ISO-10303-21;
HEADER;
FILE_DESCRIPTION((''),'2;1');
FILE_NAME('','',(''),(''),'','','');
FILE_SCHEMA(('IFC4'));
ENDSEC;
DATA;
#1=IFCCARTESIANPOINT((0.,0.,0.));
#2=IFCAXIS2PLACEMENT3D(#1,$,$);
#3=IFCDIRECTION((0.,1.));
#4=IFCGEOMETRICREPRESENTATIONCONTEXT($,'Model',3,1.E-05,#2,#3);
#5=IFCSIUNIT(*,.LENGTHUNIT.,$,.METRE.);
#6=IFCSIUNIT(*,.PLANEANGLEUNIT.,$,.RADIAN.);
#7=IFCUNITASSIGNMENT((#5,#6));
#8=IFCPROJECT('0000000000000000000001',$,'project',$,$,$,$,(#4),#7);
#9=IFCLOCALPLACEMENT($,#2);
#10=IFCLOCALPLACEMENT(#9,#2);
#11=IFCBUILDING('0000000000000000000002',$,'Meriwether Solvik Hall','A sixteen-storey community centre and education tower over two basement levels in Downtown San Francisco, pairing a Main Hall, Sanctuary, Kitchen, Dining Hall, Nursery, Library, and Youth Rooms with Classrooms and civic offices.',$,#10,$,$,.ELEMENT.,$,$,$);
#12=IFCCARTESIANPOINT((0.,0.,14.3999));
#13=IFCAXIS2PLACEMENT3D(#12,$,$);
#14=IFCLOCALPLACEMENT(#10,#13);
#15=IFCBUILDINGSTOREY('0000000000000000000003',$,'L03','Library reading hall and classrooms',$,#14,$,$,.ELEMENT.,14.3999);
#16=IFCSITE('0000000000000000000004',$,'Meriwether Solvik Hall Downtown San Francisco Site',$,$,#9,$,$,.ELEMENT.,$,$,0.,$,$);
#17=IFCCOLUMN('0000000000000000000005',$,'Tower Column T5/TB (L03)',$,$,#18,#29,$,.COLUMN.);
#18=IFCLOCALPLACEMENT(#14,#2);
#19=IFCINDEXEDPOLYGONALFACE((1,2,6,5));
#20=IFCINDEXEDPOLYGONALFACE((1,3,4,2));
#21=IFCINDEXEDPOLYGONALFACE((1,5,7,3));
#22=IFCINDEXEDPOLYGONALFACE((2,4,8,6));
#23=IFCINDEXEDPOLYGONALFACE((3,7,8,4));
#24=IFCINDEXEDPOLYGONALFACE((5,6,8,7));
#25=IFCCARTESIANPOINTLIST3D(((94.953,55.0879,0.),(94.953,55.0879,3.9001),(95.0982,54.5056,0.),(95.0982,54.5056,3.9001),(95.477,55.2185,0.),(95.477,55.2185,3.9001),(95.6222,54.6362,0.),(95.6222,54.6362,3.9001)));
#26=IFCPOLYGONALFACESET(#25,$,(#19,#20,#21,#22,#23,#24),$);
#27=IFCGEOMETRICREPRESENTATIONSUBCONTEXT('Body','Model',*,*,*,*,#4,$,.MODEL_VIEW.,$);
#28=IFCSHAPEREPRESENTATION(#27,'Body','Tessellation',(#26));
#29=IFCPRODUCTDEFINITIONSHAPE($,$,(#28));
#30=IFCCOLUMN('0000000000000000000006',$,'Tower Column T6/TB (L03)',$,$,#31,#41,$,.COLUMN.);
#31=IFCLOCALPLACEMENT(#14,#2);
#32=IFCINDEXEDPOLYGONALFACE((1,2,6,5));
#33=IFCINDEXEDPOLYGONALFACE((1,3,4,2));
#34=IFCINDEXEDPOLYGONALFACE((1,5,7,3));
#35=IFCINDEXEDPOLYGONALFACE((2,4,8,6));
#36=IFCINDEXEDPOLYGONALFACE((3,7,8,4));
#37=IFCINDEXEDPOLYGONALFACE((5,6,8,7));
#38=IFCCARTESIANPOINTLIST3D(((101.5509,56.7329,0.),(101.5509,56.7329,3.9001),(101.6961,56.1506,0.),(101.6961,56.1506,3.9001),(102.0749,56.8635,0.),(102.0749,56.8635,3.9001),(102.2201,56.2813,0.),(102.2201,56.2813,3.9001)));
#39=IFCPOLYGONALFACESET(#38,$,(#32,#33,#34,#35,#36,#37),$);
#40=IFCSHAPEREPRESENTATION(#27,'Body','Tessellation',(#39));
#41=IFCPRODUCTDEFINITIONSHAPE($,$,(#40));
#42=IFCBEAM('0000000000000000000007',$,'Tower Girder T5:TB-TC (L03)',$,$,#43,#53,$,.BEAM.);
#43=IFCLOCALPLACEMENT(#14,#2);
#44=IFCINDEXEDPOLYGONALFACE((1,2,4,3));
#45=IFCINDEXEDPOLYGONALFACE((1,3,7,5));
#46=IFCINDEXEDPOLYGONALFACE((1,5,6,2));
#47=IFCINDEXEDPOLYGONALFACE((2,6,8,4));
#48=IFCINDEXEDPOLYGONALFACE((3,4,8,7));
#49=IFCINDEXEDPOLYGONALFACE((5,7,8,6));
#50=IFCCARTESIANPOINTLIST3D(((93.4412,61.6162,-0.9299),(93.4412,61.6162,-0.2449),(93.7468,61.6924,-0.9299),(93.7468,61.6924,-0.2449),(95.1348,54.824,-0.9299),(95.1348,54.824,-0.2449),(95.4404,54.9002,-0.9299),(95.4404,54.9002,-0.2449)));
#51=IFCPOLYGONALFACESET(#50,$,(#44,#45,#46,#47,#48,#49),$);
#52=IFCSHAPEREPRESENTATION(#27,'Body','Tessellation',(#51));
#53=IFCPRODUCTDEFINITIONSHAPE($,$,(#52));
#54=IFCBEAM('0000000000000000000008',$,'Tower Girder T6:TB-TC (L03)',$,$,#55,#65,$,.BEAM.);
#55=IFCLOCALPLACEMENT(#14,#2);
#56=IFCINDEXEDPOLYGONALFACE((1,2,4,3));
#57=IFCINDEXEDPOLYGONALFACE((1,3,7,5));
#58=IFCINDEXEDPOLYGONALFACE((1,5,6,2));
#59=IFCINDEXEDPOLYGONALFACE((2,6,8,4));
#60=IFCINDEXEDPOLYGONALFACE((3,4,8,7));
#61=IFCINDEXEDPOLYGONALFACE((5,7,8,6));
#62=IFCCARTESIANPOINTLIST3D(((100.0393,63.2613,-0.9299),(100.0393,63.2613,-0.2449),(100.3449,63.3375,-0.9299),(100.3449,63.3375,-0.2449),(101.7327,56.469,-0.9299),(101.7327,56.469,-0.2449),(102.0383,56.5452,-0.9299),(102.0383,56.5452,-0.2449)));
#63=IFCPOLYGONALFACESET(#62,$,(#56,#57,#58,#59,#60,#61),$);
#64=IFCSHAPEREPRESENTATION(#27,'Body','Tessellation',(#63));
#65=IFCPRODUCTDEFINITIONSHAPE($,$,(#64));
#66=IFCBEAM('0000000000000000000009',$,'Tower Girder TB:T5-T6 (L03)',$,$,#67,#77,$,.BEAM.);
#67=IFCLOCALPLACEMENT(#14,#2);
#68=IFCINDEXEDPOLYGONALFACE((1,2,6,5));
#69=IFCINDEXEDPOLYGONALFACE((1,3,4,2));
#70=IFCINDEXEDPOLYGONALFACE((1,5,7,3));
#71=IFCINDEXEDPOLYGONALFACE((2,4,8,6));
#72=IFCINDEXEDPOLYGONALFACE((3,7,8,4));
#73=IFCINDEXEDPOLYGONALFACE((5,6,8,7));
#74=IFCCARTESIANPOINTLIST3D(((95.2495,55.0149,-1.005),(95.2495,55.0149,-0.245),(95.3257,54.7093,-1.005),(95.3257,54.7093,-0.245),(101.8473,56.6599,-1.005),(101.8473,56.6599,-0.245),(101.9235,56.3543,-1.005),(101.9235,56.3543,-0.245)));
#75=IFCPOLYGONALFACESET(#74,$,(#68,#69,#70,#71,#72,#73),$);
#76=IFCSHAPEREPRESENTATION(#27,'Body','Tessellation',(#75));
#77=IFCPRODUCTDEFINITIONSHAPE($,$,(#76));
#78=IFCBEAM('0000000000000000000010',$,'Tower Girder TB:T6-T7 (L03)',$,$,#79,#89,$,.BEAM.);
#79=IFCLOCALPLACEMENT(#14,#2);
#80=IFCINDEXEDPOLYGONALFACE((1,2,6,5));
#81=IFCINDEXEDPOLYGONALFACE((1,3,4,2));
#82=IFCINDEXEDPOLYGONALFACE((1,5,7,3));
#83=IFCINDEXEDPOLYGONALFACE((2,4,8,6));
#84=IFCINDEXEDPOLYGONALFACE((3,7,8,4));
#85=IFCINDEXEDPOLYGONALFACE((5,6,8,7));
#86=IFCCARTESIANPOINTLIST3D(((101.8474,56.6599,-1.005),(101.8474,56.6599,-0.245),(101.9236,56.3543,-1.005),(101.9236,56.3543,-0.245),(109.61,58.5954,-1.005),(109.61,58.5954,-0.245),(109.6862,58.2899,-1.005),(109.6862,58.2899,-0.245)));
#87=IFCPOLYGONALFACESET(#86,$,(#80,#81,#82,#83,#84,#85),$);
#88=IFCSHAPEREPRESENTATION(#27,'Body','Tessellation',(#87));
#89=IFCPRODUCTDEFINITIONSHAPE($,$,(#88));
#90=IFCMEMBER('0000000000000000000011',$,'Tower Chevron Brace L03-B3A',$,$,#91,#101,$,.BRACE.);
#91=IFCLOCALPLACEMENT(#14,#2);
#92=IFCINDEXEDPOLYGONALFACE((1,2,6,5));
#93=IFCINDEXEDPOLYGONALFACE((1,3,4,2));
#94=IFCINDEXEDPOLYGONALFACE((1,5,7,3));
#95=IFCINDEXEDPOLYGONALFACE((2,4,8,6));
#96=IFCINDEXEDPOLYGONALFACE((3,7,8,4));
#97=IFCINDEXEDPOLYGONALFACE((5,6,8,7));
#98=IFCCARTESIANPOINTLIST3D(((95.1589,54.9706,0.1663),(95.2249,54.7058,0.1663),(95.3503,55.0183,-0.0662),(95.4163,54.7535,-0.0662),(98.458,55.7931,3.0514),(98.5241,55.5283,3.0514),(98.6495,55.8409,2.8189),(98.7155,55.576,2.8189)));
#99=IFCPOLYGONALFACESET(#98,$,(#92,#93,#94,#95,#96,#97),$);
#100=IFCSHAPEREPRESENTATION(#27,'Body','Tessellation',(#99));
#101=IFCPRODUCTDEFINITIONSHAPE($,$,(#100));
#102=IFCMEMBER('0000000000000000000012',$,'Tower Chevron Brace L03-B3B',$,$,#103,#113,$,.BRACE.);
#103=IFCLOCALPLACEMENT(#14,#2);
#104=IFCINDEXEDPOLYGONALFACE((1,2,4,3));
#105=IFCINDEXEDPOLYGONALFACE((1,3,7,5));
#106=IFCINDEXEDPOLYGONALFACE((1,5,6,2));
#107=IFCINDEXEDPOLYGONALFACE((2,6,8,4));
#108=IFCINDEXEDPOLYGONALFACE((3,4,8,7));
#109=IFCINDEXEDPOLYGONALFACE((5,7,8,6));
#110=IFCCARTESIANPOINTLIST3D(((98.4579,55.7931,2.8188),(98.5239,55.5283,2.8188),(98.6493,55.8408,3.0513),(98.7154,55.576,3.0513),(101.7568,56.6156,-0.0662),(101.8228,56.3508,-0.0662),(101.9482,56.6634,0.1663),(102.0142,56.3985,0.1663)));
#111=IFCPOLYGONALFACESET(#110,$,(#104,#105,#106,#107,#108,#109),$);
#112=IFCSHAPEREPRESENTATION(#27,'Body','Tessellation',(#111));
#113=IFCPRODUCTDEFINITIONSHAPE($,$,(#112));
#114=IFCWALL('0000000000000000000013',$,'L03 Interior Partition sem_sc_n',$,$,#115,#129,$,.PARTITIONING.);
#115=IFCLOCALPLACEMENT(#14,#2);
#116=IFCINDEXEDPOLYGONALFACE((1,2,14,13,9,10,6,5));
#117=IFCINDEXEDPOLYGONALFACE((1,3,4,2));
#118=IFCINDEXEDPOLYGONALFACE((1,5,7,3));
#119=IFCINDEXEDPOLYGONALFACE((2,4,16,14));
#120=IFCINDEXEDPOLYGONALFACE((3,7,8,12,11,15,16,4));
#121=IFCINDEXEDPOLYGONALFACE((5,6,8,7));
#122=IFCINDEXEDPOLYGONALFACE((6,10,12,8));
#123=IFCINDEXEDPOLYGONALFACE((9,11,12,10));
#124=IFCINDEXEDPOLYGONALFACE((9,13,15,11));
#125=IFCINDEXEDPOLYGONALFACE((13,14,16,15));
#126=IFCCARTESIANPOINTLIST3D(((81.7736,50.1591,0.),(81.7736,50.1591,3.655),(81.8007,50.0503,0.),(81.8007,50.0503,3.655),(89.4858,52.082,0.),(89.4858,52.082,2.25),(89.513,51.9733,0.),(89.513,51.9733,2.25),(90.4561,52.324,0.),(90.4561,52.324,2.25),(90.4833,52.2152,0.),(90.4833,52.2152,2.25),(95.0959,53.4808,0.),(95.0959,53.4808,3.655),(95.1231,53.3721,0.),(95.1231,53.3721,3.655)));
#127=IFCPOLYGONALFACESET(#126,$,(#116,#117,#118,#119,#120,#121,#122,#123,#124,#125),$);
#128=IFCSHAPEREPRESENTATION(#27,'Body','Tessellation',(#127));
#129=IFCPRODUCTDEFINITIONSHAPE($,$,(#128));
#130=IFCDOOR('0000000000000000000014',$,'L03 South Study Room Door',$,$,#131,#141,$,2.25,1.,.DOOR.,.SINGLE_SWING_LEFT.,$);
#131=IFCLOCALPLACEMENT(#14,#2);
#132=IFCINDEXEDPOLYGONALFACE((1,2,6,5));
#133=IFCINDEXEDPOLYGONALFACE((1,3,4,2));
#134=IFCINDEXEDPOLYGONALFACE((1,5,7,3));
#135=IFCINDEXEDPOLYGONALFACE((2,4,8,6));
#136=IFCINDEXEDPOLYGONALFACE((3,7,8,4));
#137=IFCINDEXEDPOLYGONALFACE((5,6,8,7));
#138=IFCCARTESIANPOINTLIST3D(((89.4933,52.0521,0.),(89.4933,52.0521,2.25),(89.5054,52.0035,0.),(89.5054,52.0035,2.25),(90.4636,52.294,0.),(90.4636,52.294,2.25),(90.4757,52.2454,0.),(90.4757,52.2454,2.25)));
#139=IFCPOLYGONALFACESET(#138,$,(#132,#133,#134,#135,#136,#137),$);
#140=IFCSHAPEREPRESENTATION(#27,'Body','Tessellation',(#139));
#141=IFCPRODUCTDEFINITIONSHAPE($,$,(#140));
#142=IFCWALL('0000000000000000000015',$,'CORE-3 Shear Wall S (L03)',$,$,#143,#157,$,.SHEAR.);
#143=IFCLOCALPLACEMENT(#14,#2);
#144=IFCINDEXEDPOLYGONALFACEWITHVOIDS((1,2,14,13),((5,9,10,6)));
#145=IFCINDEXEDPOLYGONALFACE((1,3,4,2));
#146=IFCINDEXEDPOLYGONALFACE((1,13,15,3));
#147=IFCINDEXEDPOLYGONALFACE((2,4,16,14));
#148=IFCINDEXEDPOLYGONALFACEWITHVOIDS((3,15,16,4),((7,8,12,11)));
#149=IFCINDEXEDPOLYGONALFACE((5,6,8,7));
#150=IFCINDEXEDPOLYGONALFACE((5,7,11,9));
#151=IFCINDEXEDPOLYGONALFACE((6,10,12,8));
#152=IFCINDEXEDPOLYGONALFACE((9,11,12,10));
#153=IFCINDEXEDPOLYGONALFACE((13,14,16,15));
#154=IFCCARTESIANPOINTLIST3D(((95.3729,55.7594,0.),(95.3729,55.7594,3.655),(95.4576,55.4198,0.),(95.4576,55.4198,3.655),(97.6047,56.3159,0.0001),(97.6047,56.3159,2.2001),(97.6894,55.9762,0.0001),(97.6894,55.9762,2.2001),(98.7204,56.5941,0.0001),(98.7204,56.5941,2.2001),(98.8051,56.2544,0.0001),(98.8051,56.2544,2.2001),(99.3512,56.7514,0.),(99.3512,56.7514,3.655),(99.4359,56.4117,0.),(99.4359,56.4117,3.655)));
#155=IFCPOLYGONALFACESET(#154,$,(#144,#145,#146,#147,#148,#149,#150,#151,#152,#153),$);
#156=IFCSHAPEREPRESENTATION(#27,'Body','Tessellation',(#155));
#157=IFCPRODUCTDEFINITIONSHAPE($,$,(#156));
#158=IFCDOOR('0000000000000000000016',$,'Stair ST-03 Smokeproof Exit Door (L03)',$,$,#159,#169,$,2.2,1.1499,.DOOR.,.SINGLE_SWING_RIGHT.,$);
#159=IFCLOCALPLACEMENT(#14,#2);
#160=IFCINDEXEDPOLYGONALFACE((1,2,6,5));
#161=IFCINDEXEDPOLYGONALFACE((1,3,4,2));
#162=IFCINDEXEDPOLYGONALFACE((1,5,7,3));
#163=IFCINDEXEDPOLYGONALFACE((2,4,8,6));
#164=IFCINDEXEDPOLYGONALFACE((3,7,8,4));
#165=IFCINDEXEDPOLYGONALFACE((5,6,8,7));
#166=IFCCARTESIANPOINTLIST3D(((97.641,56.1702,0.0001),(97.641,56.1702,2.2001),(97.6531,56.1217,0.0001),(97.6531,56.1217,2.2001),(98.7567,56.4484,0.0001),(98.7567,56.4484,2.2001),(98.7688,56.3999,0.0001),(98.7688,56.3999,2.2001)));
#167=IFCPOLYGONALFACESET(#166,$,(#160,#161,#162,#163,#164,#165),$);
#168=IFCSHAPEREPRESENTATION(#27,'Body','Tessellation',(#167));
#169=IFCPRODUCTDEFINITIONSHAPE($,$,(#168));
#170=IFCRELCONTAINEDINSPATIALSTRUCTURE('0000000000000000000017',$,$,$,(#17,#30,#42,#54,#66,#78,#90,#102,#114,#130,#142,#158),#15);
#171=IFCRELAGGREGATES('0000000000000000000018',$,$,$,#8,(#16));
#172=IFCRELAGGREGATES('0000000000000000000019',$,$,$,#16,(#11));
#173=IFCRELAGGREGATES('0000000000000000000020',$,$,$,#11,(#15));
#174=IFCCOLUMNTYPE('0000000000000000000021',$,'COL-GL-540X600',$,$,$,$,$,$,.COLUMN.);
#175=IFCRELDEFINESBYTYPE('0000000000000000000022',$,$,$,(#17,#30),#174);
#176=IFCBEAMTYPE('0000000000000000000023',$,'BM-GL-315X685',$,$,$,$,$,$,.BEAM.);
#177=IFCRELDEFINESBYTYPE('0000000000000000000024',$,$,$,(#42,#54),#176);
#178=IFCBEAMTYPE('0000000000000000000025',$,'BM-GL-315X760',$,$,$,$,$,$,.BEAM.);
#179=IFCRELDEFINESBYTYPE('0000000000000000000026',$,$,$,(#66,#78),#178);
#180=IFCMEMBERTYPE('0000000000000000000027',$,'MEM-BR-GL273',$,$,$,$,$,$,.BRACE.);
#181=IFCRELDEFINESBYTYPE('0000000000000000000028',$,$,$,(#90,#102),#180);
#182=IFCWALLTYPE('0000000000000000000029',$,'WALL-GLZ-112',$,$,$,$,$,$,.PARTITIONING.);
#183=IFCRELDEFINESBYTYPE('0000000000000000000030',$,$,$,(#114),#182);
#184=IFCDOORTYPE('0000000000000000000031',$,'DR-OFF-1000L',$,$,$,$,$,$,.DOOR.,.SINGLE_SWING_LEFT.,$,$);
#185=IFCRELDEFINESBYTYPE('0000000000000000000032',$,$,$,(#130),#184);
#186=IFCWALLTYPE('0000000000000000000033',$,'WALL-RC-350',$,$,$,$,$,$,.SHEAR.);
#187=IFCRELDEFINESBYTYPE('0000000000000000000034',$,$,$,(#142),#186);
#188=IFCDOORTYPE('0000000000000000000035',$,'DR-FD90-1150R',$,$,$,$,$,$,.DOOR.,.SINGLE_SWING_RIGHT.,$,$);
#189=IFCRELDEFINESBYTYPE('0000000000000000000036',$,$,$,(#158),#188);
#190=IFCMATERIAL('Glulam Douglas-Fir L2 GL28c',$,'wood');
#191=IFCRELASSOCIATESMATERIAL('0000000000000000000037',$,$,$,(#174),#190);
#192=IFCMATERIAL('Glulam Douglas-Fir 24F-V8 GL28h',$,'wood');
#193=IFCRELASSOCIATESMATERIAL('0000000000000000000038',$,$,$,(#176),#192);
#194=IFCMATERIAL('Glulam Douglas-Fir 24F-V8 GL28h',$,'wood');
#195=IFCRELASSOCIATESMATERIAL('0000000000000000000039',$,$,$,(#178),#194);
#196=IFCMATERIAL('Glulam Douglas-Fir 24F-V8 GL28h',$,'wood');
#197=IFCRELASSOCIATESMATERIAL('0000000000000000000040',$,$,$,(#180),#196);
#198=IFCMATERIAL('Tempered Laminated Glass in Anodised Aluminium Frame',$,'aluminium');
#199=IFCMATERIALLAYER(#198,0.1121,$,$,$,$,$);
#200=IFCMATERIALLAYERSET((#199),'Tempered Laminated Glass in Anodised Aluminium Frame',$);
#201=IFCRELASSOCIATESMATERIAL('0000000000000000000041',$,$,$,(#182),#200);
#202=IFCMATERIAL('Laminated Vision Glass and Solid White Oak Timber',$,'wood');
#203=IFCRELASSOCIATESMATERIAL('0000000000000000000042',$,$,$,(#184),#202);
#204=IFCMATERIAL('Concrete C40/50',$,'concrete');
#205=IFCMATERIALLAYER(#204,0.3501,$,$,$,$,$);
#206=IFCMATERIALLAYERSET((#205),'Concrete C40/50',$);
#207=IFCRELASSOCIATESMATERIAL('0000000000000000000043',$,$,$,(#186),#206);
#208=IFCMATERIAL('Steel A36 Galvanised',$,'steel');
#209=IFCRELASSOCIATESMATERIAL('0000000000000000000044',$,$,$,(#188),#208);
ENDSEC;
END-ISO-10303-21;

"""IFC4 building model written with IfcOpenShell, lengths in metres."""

from ifc_helpers import new_model, si_unit, direction, frame, frame_2d, origin, origin_2d, place, context, subcontext, project, spatial, rectangle, extrude, material, layer, layer_set, material_profile, profile_set, type_object, element, fill, save


model = new_model("IFC4")

# Units and contexts
model_context = context("Model", 3, precision=1e-05, world=origin(), true_north=direction((0.0, 1.0)))
body_context = subcontext(model_context, "Body", "Model", "MODEL_VIEW")
ifc_project = project(units=[si_unit("LENGTHUNIT", "METRE"), si_unit("PLANEANGLEUNIT", "RADIAN")], contexts=[model_context])

# Site, building, storey
site_placement = place(None, origin())
site = spatial("IfcSite", under=ifc_project, at=site_placement, Name="Meriwether Solvik Hall Downtown San Francisco Site", CompositionType="ELEMENT", RefElevation=0.0)
building_placement = place(site_placement, origin())
building = spatial("IfcBuilding", under=site, at=building_placement, Name="Meriwether Solvik Hall", Description="A sixteen-storey community centre and education tower over two basement levels in Downtown San Francisco, pairing a Main Hall, Sanctuary, Kitchen, Dining Hall, Nursery, Library, and Youth Rooms with Classrooms and civic offices.", CompositionType="ELEMENT")
storey_placement = place(building_placement, frame((0.0, 0.0, 14.3999)))
storey = spatial("IfcBuildingStorey", under=building, at=storey_placement, Name="L03", Description="Library reading hall and classrooms", CompositionType="ELEMENT", Elevation=14.3999)

# Columns
ifc_material_1 = material(Name="Glulam Douglas-Fir L2 GL28c", Category="wood")
ifc_material_profile_1 = material_profile(ifc_material_1, rectangle(XDim=0.54, YDim=0.6001, at=origin_2d()), Name="GLC-540X600")
ifc_profile_set_1 = profile_set([ifc_material_profile_1], Name="Glulam Douglas-Fir L2 GL28c")
column_type = type_object("IfcColumnType", Name="COL-GL-540X600", PredefinedType="COLUMN", material=ifc_profile_set_1)
for number, where, z_axis, x_axis, name in (
    (1, (95.2876, 54.8621, 0.0), (0.0, 0.0, 1.0), (0.970296, 0.241922, 0.0), "Tower Column T5/TB (L03)"),
    (2, (101.8855, 56.5071, 0.0), (0.0, 0.0, 1.0), (0.970296, 0.241922, 0.0), "Tower Column T6/TB (L03)"),
):
    element("IfcColumn", number, at=place(storey_placement, frame(where, z_axis=z_axis, x_axis=x_axis)), inside=storey, type_object=column_type, Name=name, PredefinedType="COLUMN", context=body_context, shape_type="SweptSolid", body=[
        extrude(rectangle(XDim=0.54, YDim=0.6001, at=origin_2d()), origin(), (0.0, 0.0, 1.0), 3.9001),
    ])

# Beams
ifc_material_2 = material(Name="Glulam Douglas-Fir 24F-V8 GL28h", Category="wood")
ifc_material_profile_2 = material_profile(ifc_material_2, rectangle(XDim=0.3149, YDim=0.6851, at=origin_2d()), Name="GLB-315X685")
ifc_profile_set_2 = profile_set([ifc_material_profile_2], Name="Glulam Douglas-Fir 24F-V8 GL28h")
beam_type_1 = type_object("IfcBeamType", Name="BM-GL-315X685", PredefinedType="BEAM", material=ifc_profile_set_2)
for number, where, z_axis, x_axis, name in (
    (3, (95.2876, 54.8621, -0.5874), (-0.241937, 0.970292, 0.0), (-0.970292, -0.241937, 0.0), "Tower Girder T5:TB-TC (L03)"),
    (4, (101.8855, 56.5071, -0.5874), (-0.241904, 0.9703, 0.0), (-0.9703, -0.241904, 0.0), "Tower Girder T6:TB-TC (L03)"),
):
    element("IfcBeam", number, at=place(storey_placement, frame(where, z_axis=z_axis, x_axis=x_axis)), inside=storey, type_object=beam_type_1, Name=name, PredefinedType="BEAM", context=body_context, shape_type="SweptSolid", body=[
        extrude(rectangle(XDim=0.3149, YDim=0.6851, at=origin_2d()), origin(), (0.0, 0.0, 1.0), 7.0002),
    ])
ifc_material_3 = material(Name="Glulam Douglas-Fir 24F-V8 GL28h", Category="wood")
ifc_material_profile_3 = material_profile(ifc_material_3, rectangle(XDim=0.3149, YDim=0.76, at=origin_2d()), Name="GLB-315X760")
ifc_profile_set_3 = profile_set([ifc_material_profile_3], Name="Glulam Douglas-Fir 24F-V8 GL28h")
beam_type_2 = type_object("IfcBeamType", Name="BM-GL-315X760", PredefinedType="BEAM", material=ifc_profile_set_3)
beam_1_placement = place(storey_placement, frame((95.2876, 54.8621, -0.625), z_axis=(0.970296, 0.241919, 0.0), x_axis=(-0.241919, 0.970296, 0.0)))
element("IfcBeam", 5, at=beam_1_placement, inside=storey, type_object=beam_type_2, Name="Tower Girder TB:T5-T6 (L03)", PredefinedType="BEAM", context=body_context, shape_type="SweptSolid", body=[
    extrude(rectangle(XDim=0.3149, YDim=0.76, at=origin_2d()), origin(), (0.0, 0.0, 1.0), 6.7998),
])
beam_2_placement = place(storey_placement, frame((101.8855, 56.5071, -0.625), z_axis=(0.970291, 0.24194, 0.0), x_axis=(-0.24194, 0.970291, 0.0)))
element("IfcBeam", 6, at=beam_2_placement, inside=storey, type_object=beam_type_2, Name="Tower Girder TB:T6-T7 (L03)", PredefinedType="BEAM", context=body_context, shape_type="SweptSolid", body=[
    extrude(rectangle(XDim=0.3149, YDim=0.76, at=origin_2d()), origin(), (0.0, 0.0, 1.0), 8.0002),
])

# Members
ifc_material_4 = material(Name="Glulam Douglas-Fir 24F-V8 GL28h", Category="wood")
ifc_material_profile_4 = material_profile(ifc_material_4, rectangle(XDim=0.2729, YDim=0.3049, at=origin_2d()), Name="GLM-273X305")
ifc_profile_set_4 = profile_set([ifc_material_profile_4], Name="Glulam Douglas-Fir 24F-V8 GL28h")
member_type = type_object("IfcMemberType", Name="MEM-BR-GL273", PredefinedType="BRACE", material=ifc_profile_set_4)
member_1_placement = place(storey_placement, frame((95.2876, 54.8621, 0.05), z_axis=(0.73985, 0.184456, 0.646992), x_axis=(-0.24191, 0.970299, 0.0)))
element("IfcMember", 7, at=member_1_placement, inside=storey, type_object=member_type, Name="Tower Chevron Brace L03-B3A", PredefinedType="BRACE", context=body_context, shape_type="SweptSolid", body=[
    extrude(rectangle(XDim=0.2729, YDim=0.3049, at=origin_2d()), origin(), (0.0, 0.0, 1.0), 4.4592),
])
member_2_placement = place(storey_placement, frame((101.8855, 56.5071, 0.05), z_axis=(-0.739825, -0.184463, 0.647018), x_axis=(0.241927, -0.970294, 0.0)))
element("IfcMember", 8, at=member_2_placement, inside=storey, type_object=member_type, Name="Tower Chevron Brace L03-B3B", PredefinedType="BRACE", context=body_context, shape_type="SweptSolid", body=[
    extrude(rectangle(XDim=0.2729, YDim=0.3049, at=origin_2d()), origin(), (0.0, 0.0, 1.0), 4.459),
])

# Walls, openings, doors
ifc_material_5 = material(Name="Tempered Laminated Glass in Anodised Aluminium Frame", Category="aluminium")
ifc_layer_1 = layer(ifc_material_5, 0.1121)
ifc_layer_set_1 = layer_set([ifc_layer_1], Name="Tempered Laminated Glass in Anodised Aluminium Frame")
wall_type_1 = type_object("IfcWallType", Name="WALL-GLZ-112", PredefinedType="PARTITIONING", material=ifc_layer_set_1)
wall_1_placement = place(storey_placement, frame((95.1096, 53.4265, 0.0), z_axis=(0.0, 0.0, 1.0), x_axis=(-0.970293, -0.241933, 0.0)))
wall_1 = element("IfcWall", 9, at=wall_1_placement, inside=storey, type_object=wall_type_1, Name="L03 Interior Partition sem_sc_n", PredefinedType="PARTITIONING", context=body_context, shape_type="SweptSolid", body=[
    extrude(rectangle(XDim=13.7302, YDim=0.1121, at=frame_2d((6.8652, 0.0))), origin(), (0.0, 0.0, 1.0), 3.655),
])
opening_1_placement = place(wall_1_placement, frame((4.782, 0.0, 0.0)))
opening_1 = element("IfcOpeningElement", 10, at=opening_1_placement, cuts=wall_1, PredefinedType="OPENING", context=body_context, shape_type="SweptSolid", body=[
    extrude(rectangle(XDim=1.0, YDim=2.25, at=frame_2d((0.5, 1.125))), frame((0.0, 0.0679, 0.0), z_axis=(0.0, -1.0, 0.0), x_axis=(1.0, 0.0, 0.0)), (0.0, 0.0, 1.0), 0.136),
])
ifc_material_6 = material(Name="Laminated Vision Glass and Solid White Oak Timber", Category="wood")
door_type_1 = type_object("IfcDoorType", Name="DR-OFF-1000L", OperationType="SINGLE_SWING_LEFT", PredefinedType="DOOR", material=ifc_material_6)
door_1_placement = place(opening_1_placement, origin())
door_1 = element("IfcDoor", 11, at=door_1_placement, inside=storey, type_object=door_type_1, Name="L03 South Study Room Door", OperationType="SINGLE_SWING_LEFT", OverallHeight=2.25, OverallWidth=1.0, PredefinedType="DOOR", context=body_context, shape_type="SweptSolid", body=[
    extrude(rectangle(XDim=1.0, YDim=2.25, at=frame_2d((0.5, 1.125))), frame((0.0, 0.0249, 0.0), z_axis=(0.0, -1.0, 0.0), x_axis=(1.0, 0.0, 0.0)), (0.0, 0.0, 1.0), 0.05),
])
fill(opening_1, door_1)
ifc_material_7 = material(Name="Concrete C40/50", Category="concrete")
ifc_layer_2 = layer(ifc_material_7, 0.3501)
ifc_layer_set_2 = layer_set([ifc_layer_2], Name="Concrete C40/50")
wall_type_2 = type_object("IfcWallType", Name="WALL-RC-350", PredefinedType="SHEAR", material=ifc_layer_set_2)
wall_2_placement = place(storey_placement, frame((95.4153, 55.5896, 0.0), z_axis=(0.0, 0.0, 1.0), x_axis=(0.970293, 0.241933, 0.0)))
wall_2 = element("IfcWall", 12, at=wall_2_placement, inside=storey, type_object=wall_type_2, Name="CORE-3 Shear Wall S (L03)", PredefinedType="SHEAR", context=body_context, shape_type="SweptSolid", body=[
    extrude(rectangle(XDim=4.1001, YDim=0.3501, at=frame_2d((2.05, 0.0))), origin(), (0.0, 0.0, 1.0), 3.655),
])
opening_2_placement = place(wall_2_placement, frame((2.3, 0.0, 0.0)))
opening_2 = element("IfcOpeningElement", 13, at=opening_2_placement, cuts=wall_2, PredefinedType="OPENING", context=body_context, shape_type="SweptSolid", body=[
    extrude(rectangle(XDim=1.1499, YDim=2.2, at=frame_2d((0.575, 1.1001))), frame((0.0, 0.187, 0.0), z_axis=(0.0, -1.0, 0.0), x_axis=(1.0, 0.0, 0.0)), (0.0, 0.0, 1.0), 0.374),
])
ifc_material_8 = material(Name="Steel A36 Galvanised", Category="steel")
door_type_2 = type_object("IfcDoorType", Name="DR-FD90-1150R", OperationType="SINGLE_SWING_RIGHT", PredefinedType="DOOR", material=ifc_material_8)
door_2_placement = place(opening_2_placement, origin())
door_2 = element("IfcDoor", 14, at=door_2_placement, inside=storey, type_object=door_type_2, Name="Stair ST-03 Smokeproof Exit Door (L03)", OperationType="SINGLE_SWING_RIGHT", OverallHeight=2.2, OverallWidth=1.1499, PredefinedType="DOOR", context=body_context, shape_type="SweptSolid", body=[
    extrude(rectangle(XDim=1.1499, YDim=2.2, at=frame_2d((0.575, 1.1001))), frame((0.0, 0.0249, 0.0), z_axis=(0.0, -1.0, 0.0), x_axis=(1.0, 0.0, 0.0)), (0.0, 0.0, 1.0), 0.05),
])
fill(opening_2, door_2)

save(model, "model.ifc")
